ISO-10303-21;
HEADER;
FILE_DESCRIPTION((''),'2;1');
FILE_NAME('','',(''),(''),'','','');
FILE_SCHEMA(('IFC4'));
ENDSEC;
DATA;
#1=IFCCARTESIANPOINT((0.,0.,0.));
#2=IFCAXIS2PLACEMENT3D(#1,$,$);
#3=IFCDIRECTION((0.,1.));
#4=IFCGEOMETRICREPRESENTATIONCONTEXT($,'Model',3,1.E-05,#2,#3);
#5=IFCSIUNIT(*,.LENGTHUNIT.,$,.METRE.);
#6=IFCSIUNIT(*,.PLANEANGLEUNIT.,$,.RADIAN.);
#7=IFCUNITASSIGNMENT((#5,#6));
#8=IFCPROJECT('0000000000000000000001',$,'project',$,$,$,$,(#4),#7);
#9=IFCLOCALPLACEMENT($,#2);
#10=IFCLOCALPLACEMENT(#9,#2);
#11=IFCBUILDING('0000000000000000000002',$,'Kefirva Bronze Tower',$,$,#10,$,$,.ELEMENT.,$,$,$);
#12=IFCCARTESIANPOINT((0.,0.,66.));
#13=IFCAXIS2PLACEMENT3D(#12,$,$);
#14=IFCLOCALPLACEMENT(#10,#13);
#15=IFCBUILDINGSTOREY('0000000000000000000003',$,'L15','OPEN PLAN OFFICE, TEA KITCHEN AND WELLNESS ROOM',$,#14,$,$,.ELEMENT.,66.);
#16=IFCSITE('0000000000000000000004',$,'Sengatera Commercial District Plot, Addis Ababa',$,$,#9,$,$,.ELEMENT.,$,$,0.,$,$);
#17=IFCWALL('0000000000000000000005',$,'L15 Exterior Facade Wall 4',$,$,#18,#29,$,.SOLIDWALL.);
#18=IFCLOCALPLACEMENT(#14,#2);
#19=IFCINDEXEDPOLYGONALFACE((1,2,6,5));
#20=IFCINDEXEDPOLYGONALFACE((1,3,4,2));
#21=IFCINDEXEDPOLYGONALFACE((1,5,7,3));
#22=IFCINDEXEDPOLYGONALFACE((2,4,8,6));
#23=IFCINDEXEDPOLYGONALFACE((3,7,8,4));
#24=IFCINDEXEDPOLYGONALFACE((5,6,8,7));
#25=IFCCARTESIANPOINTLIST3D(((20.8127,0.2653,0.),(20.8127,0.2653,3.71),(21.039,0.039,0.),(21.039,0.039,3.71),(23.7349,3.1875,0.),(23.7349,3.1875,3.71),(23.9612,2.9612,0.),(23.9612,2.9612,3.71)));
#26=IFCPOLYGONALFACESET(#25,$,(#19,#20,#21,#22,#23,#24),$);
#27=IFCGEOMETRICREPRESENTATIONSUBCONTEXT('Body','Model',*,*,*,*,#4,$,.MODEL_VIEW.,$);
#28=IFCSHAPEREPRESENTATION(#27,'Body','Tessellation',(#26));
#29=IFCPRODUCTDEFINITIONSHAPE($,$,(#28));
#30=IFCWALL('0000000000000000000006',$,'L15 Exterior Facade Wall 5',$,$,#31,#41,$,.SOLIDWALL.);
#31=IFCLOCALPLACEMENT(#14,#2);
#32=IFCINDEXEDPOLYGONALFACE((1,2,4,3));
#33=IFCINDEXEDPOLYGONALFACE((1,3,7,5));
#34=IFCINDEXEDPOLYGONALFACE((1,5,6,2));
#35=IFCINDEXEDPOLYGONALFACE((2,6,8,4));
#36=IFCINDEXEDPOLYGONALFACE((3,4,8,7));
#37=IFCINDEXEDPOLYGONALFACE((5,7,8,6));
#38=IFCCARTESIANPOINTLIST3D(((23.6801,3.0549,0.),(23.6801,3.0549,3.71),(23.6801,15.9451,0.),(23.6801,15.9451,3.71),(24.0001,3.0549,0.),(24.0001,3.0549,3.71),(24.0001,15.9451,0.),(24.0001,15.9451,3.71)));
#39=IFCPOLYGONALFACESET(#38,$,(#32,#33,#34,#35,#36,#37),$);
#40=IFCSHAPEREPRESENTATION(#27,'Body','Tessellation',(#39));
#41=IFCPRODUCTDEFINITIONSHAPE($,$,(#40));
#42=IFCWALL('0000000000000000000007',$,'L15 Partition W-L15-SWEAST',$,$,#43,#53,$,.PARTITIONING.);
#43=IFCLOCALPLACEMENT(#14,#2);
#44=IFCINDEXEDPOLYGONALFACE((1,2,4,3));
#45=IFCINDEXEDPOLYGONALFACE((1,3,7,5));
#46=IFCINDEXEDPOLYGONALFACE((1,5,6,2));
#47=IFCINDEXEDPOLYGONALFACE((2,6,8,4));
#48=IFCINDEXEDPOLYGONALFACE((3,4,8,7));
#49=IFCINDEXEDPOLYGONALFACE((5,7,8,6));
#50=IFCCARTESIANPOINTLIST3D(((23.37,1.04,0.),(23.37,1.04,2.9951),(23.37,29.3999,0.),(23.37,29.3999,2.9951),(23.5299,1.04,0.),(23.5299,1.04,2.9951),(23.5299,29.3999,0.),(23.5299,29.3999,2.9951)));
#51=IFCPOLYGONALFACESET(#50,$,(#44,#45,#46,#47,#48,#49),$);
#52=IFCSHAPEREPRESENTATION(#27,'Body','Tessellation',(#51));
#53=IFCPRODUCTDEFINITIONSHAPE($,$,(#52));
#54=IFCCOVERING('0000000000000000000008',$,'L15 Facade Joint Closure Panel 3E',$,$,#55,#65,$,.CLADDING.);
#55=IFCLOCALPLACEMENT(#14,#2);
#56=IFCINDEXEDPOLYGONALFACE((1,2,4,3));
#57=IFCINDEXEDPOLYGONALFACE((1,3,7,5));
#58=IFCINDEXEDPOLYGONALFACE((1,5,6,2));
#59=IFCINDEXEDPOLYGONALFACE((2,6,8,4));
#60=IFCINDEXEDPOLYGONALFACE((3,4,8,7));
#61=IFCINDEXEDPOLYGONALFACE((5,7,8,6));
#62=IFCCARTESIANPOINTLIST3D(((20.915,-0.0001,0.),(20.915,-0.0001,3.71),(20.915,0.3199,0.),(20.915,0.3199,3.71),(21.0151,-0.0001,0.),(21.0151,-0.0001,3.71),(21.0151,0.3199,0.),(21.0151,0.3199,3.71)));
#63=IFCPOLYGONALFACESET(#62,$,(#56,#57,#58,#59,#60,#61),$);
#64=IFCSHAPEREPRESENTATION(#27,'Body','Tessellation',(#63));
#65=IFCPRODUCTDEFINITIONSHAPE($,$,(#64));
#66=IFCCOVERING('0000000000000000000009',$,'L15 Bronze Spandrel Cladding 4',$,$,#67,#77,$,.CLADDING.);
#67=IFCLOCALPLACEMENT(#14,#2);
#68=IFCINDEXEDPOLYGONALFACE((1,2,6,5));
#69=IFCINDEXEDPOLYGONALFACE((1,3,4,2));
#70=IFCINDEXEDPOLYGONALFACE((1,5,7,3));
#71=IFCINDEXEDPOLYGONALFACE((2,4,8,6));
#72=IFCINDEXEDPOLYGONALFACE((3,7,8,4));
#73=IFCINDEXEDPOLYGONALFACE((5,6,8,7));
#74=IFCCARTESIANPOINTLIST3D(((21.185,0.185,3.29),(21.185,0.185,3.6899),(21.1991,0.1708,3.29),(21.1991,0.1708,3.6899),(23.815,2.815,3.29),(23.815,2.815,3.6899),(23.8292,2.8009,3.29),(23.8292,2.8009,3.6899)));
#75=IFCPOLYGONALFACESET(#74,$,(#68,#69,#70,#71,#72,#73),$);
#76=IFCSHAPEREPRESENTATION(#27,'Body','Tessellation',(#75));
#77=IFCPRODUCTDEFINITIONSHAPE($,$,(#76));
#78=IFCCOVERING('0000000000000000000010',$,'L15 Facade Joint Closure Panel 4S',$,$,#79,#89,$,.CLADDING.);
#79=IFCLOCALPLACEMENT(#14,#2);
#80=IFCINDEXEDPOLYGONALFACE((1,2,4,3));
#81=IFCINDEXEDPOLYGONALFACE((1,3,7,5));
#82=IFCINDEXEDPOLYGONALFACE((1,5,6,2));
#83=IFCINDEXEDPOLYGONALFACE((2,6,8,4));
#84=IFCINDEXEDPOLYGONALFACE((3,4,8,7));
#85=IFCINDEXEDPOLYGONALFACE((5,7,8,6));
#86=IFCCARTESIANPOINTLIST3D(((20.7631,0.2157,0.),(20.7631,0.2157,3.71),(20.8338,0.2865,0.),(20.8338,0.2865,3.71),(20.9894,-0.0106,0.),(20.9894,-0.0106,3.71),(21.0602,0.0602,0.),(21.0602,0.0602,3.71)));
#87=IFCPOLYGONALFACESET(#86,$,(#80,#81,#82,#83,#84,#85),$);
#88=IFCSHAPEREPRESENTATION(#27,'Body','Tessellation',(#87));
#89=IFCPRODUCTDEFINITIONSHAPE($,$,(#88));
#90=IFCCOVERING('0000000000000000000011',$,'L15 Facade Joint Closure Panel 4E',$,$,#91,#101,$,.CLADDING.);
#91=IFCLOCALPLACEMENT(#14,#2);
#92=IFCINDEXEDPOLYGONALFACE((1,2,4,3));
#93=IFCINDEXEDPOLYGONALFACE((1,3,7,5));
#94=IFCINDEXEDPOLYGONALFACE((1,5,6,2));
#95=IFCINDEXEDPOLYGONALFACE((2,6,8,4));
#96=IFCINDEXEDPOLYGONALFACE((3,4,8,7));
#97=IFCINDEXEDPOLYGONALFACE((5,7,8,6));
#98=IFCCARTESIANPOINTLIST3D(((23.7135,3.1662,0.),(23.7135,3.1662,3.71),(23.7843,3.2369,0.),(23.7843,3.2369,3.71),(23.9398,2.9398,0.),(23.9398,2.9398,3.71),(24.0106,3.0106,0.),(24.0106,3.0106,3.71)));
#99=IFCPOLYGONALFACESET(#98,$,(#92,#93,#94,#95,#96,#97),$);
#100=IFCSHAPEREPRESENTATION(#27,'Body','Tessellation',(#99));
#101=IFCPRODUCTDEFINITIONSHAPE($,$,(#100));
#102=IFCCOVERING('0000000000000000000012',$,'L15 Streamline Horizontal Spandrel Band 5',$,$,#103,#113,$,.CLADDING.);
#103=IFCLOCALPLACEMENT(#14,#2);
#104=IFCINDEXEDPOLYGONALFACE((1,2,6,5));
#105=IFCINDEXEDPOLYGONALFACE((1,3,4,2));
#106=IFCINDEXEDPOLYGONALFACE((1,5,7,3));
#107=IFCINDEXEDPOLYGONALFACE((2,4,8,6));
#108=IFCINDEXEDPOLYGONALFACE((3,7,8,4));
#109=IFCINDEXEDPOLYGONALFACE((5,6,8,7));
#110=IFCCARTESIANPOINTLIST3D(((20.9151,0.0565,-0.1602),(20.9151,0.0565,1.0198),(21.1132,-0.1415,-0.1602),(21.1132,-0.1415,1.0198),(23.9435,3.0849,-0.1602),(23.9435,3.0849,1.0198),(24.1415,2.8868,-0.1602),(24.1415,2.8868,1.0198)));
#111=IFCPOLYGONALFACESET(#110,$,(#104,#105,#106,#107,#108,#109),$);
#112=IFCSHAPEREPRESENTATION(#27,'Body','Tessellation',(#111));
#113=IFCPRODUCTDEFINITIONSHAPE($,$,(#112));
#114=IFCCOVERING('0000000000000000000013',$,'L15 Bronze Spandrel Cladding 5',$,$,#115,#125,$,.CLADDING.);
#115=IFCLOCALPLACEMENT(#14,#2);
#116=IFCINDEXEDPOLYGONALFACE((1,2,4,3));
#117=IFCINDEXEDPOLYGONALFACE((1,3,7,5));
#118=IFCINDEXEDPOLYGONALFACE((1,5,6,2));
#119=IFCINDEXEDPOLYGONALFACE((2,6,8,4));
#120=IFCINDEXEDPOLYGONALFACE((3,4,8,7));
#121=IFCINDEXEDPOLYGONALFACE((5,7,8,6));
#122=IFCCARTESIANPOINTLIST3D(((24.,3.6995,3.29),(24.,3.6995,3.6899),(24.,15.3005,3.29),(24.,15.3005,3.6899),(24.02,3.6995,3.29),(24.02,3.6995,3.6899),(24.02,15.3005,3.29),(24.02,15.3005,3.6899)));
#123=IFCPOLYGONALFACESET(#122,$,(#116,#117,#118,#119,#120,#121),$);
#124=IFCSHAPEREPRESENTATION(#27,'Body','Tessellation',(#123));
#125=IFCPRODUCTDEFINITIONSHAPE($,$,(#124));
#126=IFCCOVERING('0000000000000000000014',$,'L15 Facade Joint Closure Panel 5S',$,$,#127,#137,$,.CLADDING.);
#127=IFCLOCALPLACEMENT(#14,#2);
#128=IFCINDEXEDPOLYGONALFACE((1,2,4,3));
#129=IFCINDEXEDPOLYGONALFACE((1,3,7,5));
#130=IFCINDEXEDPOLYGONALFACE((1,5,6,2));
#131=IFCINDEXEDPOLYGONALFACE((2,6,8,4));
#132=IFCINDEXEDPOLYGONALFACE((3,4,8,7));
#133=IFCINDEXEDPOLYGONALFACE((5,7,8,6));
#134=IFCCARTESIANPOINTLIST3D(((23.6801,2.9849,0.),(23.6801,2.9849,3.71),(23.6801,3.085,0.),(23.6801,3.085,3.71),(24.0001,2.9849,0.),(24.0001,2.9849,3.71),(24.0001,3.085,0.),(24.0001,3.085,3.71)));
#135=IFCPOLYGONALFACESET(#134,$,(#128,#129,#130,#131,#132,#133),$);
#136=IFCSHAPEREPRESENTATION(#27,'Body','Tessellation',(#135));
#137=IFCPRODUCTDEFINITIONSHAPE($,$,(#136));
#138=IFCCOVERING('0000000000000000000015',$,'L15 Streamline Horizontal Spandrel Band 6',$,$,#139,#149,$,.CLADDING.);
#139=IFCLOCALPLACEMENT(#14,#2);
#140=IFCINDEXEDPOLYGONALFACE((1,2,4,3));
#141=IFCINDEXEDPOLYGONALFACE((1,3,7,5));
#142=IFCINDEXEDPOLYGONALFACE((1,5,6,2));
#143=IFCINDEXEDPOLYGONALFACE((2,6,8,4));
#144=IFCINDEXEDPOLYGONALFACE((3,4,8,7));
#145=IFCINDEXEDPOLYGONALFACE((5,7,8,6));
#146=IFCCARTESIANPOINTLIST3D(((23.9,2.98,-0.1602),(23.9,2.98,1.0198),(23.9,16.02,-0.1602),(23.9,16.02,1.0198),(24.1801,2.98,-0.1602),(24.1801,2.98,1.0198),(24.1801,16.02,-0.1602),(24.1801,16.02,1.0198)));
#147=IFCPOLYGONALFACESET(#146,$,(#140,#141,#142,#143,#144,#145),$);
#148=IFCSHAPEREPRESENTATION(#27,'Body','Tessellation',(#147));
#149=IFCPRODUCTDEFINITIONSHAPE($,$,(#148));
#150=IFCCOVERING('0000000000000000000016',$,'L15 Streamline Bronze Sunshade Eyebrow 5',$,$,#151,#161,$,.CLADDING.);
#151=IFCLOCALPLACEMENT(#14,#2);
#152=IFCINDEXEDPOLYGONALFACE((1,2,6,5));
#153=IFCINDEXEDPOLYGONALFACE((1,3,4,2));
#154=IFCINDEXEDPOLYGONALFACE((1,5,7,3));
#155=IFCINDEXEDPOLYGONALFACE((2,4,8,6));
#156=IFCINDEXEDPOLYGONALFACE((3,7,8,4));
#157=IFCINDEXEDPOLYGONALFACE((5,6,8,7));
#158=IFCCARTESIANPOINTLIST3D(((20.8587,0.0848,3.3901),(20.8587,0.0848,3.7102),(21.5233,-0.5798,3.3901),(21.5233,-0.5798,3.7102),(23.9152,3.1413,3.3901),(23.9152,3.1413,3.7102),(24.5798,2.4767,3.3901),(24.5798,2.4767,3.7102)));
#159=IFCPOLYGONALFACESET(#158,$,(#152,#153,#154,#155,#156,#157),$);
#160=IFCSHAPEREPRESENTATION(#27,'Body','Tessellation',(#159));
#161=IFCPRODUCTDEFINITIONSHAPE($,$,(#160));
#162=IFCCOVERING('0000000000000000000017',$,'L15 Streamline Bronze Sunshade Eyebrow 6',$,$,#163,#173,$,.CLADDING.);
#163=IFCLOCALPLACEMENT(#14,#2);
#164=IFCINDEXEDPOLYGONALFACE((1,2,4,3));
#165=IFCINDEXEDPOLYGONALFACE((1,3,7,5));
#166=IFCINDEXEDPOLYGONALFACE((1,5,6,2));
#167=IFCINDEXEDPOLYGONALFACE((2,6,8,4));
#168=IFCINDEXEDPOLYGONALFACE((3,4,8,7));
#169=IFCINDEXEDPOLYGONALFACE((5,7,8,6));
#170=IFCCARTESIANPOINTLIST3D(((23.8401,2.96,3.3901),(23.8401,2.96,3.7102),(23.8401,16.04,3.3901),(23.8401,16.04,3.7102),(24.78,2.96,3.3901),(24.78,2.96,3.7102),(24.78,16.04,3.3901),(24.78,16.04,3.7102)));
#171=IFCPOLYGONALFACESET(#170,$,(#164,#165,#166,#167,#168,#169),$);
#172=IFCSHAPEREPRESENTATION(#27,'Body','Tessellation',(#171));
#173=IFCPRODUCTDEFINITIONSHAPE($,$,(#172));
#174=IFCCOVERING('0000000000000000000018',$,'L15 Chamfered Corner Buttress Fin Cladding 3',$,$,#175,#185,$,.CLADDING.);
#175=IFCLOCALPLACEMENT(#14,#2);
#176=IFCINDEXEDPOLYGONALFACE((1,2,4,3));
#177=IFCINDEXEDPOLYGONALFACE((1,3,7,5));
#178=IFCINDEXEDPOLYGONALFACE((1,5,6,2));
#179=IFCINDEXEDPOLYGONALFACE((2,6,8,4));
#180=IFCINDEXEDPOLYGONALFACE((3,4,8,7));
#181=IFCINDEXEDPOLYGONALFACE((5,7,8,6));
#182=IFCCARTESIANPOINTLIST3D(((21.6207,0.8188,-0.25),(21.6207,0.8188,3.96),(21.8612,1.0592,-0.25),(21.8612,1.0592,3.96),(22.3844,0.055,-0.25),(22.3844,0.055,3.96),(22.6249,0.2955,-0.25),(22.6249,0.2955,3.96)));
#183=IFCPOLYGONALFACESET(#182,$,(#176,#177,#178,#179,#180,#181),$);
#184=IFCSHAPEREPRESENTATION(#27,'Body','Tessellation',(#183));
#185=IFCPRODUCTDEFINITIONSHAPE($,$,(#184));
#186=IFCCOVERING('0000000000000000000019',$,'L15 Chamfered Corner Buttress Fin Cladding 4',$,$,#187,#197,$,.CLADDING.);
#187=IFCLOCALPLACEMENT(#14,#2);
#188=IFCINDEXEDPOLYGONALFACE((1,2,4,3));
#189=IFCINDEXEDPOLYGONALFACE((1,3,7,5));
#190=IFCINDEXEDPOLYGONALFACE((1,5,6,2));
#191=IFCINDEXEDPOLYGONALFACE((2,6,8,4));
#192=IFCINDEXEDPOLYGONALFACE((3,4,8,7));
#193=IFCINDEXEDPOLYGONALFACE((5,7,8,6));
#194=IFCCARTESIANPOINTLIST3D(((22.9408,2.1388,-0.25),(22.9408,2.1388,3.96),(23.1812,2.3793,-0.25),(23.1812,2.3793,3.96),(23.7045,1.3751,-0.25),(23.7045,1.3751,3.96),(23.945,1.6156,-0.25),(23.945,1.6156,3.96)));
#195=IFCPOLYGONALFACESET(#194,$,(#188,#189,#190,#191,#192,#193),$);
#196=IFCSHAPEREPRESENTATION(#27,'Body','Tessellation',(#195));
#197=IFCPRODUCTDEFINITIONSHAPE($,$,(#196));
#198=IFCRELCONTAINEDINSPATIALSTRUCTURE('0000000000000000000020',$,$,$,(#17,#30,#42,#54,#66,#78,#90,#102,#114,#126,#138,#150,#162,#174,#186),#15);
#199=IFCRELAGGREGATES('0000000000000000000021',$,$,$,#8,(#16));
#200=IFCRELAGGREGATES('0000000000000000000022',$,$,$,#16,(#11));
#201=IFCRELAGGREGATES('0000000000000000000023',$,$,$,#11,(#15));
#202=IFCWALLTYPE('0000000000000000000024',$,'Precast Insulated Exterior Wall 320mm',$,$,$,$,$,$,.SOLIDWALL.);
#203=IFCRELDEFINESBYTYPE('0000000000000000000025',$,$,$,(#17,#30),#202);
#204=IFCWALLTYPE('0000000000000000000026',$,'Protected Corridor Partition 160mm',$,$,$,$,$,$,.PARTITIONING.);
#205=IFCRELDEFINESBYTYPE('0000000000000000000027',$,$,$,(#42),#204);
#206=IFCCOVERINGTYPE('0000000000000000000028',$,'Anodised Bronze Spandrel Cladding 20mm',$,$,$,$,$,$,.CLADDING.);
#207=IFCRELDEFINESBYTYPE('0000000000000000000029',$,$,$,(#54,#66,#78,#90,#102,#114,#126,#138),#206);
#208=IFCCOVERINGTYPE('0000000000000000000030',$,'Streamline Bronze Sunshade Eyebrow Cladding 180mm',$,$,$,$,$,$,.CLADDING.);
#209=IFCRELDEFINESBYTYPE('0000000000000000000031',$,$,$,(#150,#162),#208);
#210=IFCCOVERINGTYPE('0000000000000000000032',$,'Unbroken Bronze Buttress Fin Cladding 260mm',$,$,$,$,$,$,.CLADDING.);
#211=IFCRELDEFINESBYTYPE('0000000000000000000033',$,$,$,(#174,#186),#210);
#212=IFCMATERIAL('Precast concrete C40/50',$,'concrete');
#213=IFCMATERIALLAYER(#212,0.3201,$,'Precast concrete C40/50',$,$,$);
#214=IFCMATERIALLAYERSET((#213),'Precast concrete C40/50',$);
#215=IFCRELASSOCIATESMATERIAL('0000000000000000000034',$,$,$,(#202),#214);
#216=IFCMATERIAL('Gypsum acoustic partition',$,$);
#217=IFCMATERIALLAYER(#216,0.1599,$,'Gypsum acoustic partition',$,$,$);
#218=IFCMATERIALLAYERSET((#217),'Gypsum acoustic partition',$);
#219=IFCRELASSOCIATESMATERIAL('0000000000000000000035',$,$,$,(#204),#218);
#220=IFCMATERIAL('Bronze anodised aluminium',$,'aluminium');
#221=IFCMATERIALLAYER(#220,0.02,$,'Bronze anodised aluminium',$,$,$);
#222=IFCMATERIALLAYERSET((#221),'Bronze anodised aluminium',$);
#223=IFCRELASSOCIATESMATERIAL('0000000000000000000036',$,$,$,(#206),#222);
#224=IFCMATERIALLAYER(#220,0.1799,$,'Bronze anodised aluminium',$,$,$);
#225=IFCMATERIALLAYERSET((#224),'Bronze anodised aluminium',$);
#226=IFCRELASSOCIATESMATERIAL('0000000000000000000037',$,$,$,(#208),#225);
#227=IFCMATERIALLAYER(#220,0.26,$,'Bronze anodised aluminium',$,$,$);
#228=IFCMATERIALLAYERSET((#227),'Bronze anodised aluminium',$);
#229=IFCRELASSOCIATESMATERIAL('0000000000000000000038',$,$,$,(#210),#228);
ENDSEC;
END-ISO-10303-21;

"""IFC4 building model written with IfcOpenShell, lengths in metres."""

from ifc_helpers import new_model, si_unit, direction, frame, frame_2d, origin, origin_2d, place, context, subcontext, project, spatial, rectangle, extrude, material, layer, layer_set, type_object, element, save


model = new_model("IFC4")

# Units and contexts
model_context = context("Model", 3, precision=1e-05, world=origin(), true_north=direction((0.0, 1.0)))
body_context = subcontext(model_context, "Body", "Model", "MODEL_VIEW")
ifc_project = project(units=[si_unit("LENGTHUNIT", "METRE"), si_unit("PLANEANGLEUNIT", "RADIAN")], contexts=[model_context])

# Site, building, storey
site_placement = place(None, origin())
site = spatial("IfcSite", under=ifc_project, at=site_placement, Name="Sengatera Commercial District Plot, Addis Ababa", CompositionType="ELEMENT", RefElevation=0.0)
building_placement = place(site_placement, origin())
building = spatial("IfcBuilding", under=site, at=building_placement, Name="Kefirva Bronze Tower", CompositionType="ELEMENT")
storey_placement = place(building_placement, frame((0.0, 0.0, 66.0)))
storey = spatial("IfcBuildingStorey", under=building, at=storey_placement, Name="L15", Description="OPEN PLAN OFFICE, TEA KITCHEN AND WELLNESS ROOM", CompositionType="ELEMENT", Elevation=66.0)

# Walls
ifc_material_1 = material(Name="Precast concrete C40/50", Category="concrete")
ifc_layer_1 = layer(ifc_material_1, 0.3201, Name="Precast concrete C40/50")
ifc_layer_set_1 = layer_set([ifc_layer_1], Name="Precast concrete C40/50")
wall_type_1 = type_object("IfcWallType", Name="Precast Insulated Exterior Wall 320mm", PredefinedType="SOLIDWALL", material=ifc_layer_set_1)
wall_1_placement = place(storey_placement, frame((20.9258, 0.1521, 0.0), z_axis=(0.0, 0.0, 1.0), x_axis=(0.707107, 0.707107, 0.0)))
element("IfcWall", 1, at=wall_1_placement, inside=storey, type_object=wall_type_1, Name="L15 Exterior Facade Wall 4", PredefinedType="SOLIDWALL", context=body_context, shape_type="SweptSolid", body=[
    extrude(rectangle(XDim=4.1326, YDim=0.3201, at=frame_2d((2.0664, 0.0))), origin(), (0.0, 0.0, 1.0), 3.71),
])
wall_2_placement = place(storey_placement, frame((23.8401, 3.0549, 0.0), z_axis=(0.0, 0.0, 1.0), x_axis=(0.0, 1.0, 0.0)))
element("IfcWall", 2, at=wall_2_placement, inside=storey, type_object=wall_type_1, Name="L15 Exterior Facade Wall 5", PredefinedType="SOLIDWALL", context=body_context, shape_type="SweptSolid", body=[
    extrude(rectangle(XDim=12.8901, YDim=0.3201, at=frame_2d((6.4451, 0.0))), origin(), (0.0, 0.0, 1.0), 3.71),
])
ifc_material_2 = material(Name="Gypsum acoustic partition")
ifc_layer_2 = layer(ifc_material_2, 0.1599, Name="Gypsum acoustic partition")
ifc_layer_set_2 = layer_set([ifc_layer_2], Name="Gypsum acoustic partition")
wall_type_2 = type_object("IfcWallType", Name="Protected Corridor Partition 160mm", PredefinedType="PARTITIONING", material=ifc_layer_set_2)
wall_3_placement = place(storey_placement, frame((23.45, 1.04, 0.0), z_axis=(0.0, 0.0, 1.0), x_axis=(0.0, 1.0, 0.0)))
element("IfcWall", 3, at=wall_3_placement, inside=storey, type_object=wall_type_2, Name="L15 Partition W-L15-SWEAST", PredefinedType="PARTITIONING", context=body_context, shape_type="SweptSolid", body=[
    extrude(rectangle(XDim=28.3599, YDim=0.1599, at=frame_2d((14.1799, 0.0))), origin(), (0.0, 0.0, 1.0), 2.9951),
])

# Coverings
ifc_material_3 = material(Name="Bronze anodised aluminium", Category="aluminium")
ifc_layer_3 = layer(ifc_material_3, 0.02, Name="Bronze anodised aluminium")
ifc_layer_set_3 = layer_set([ifc_layer_3], Name="Bronze anodised aluminium")
covering_type_1 = type_object("IfcCoveringType", Name="Anodised Bronze Spandrel Cladding 20mm", PredefinedType="CLADDING", material=ifc_layer_set_3)
covering_1_placement = place(storey_placement, frame((20.9651, 0.1599, 0.0), z_axis=(0.0, 0.0, 1.0), x_axis=(1.0, 0.0, 0.0)))
element("IfcCovering", 4, at=covering_1_placement, inside=storey, type_object=covering_type_1, Name="L15 Facade Joint Closure Panel 3E", PredefinedType="CLADDING", context=body_context, shape_type="SweptSolid", body=[
    extrude(rectangle(XDim=0.1001, YDim=0.3201, at=origin_2d()), origin(), (0.0, 0.0, 1.0), 3.71),
])
covering_2_placement = place(storey_placement, frame((22.5071, 1.4929, 3.29), z_axis=(0.0, 0.0, 1.0), x_axis=(0.707107, 0.707107, 0.0)))
element("IfcCovering", 5, at=covering_2_placement, inside=storey, type_object=covering_type_1, Name="L15 Bronze Spandrel Cladding 4", PredefinedType="CLADDING", context=body_context, shape_type="SweptSolid", body=[
    extrude(rectangle(XDim=3.7195, YDim=0.02, at=origin_2d()), origin(), (0.0, 0.0, 1.0), 0.3999),
])
for number, where, z_axis, x_axis, name in (
    (6, (20.9116, 0.1379, 0.0), (0.0, 0.0, 1.0), (0.707107, 0.707107, 0.0), "L15 Facade Joint Closure Panel 4S"),
    (7, (23.8621, 3.0884, 0.0), (0.0, 0.0, 1.0), (0.707107, 0.707107, 0.0), "L15 Facade Joint Closure Panel 4E"),
):
    element("IfcCovering", number, at=place(storey_placement, frame(where, z_axis=z_axis, x_axis=x_axis)), inside=storey, type_object=covering_type_1, Name=name, PredefinedType="CLADDING", context=body_context, shape_type="SweptSolid", body=[
        extrude(rectangle(XDim=0.1001, YDim=0.3201, at=origin_2d()), origin(), (0.0, 0.0, 1.0), 3.71),
    ])
covering_3_placement = place(storey_placement, frame((22.5283, 1.4717, -0.1602), z_axis=(0.0, 0.0, 1.0), x_axis=(0.707107, 0.707107, 0.0)))
element("IfcCovering", 8, at=covering_3_placement, inside=storey, type_object=covering_type_1, Name="L15 Streamline Horizontal Spandrel Band 5", PredefinedType="CLADDING", context=body_context, shape_type="SweptSolid", body=[
    extrude(rectangle(XDim=4.2827, YDim=0.28, at=origin_2d()), origin(), (0.0, 0.0, 1.0), 1.1799),
])
covering_4_placement = place(storey_placement, frame((24.01, 9.5, 3.29), z_axis=(0.0, 0.0, 1.0), x_axis=(0.0, 1.0, 0.0)))
element("IfcCovering", 9, at=covering_4_placement, inside=storey, type_object=covering_type_1, Name="L15 Bronze Spandrel Cladding 5", PredefinedType="CLADDING", context=body_context, shape_type="SweptSolid", body=[
    extrude(rectangle(XDim=11.6011, YDim=0.02, at=origin_2d()), origin(), (0.0, 0.0, 1.0), 0.3999),
])
covering_5_placement = place(storey_placement, frame((23.8401, 3.0349, 0.0), z_axis=(0.0, 0.0, 1.0), x_axis=(0.0, 1.0, 0.0)))
element("IfcCovering", 10, at=covering_5_placement, inside=storey, type_object=covering_type_1, Name="L15 Facade Joint Closure Panel 5S", PredefinedType="CLADDING", context=body_context, shape_type="SweptSolid", body=[
    extrude(rectangle(XDim=0.1001, YDim=0.3201, at=origin_2d()), origin(), (0.0, 0.0, 1.0), 3.71),
])
covering_6_placement = place(storey_placement, frame((24.04, 9.5, -0.1602), z_axis=(0.0, 0.0, 1.0), x_axis=(0.0, 1.0, 0.0)))
element("IfcCovering", 11, at=covering_6_placement, inside=storey, type_object=covering_type_1, Name="L15 Streamline Horizontal Spandrel Band 6", PredefinedType="CLADDING", context=body_context, shape_type="SweptSolid", body=[
    extrude(rectangle(XDim=13.04, YDim=0.28, at=origin_2d()), origin(), (0.0, 0.0, 1.0), 1.1799),
])
ifc_layer_4 = layer(ifc_material_3, 0.1799, Name="Bronze anodised aluminium")
ifc_layer_set_4 = layer_set([ifc_layer_4], Name="Bronze anodised aluminium")
covering_type_2 = type_object("IfcCoveringType", Name="Streamline Bronze Sunshade Eyebrow Cladding 180mm", PredefinedType="CLADDING", material=ifc_layer_set_4)
covering_7_placement = place(storey_placement, frame((22.7192, 1.2808, 3.3901), z_axis=(0.0, 0.0, 1.0), x_axis=(0.707107, 0.707107, 0.0)))
element("IfcCovering", 12, at=covering_7_placement, inside=storey, type_object=covering_type_2, Name="L15 Streamline Bronze Sunshade Eyebrow 5", PredefinedType="CLADDING", context=body_context, shape_type="SweptSolid", body=[
    extrude(rectangle(XDim=4.3225, YDim=0.9399, at=origin_2d()), origin(), (0.0, 0.0, 1.0), 0.3201),
])
covering_8_placement = place(storey_placement, frame((24.3101, 9.5, 3.3901), z_axis=(0.0, 0.0, 1.0), x_axis=(0.0, 1.0, 0.0)))
element("IfcCovering", 13, at=covering_8_placement, inside=storey, type_object=covering_type_2, Name="L15 Streamline Bronze Sunshade Eyebrow 6", PredefinedType="CLADDING", context=body_context, shape_type="SweptSolid", body=[
    extrude(rectangle(XDim=13.0801, YDim=0.9399, at=origin_2d()), origin(), (0.0, 0.0, 1.0), 0.3201),
])
ifc_layer_5 = layer(ifc_material_3, 0.26, Name="Bronze anodised aluminium")
ifc_layer_set_5 = layer_set([ifc_layer_5], Name="Bronze anodised aluminium")
covering_type_3 = type_object("IfcCoveringType", Name="Unbroken Bronze Buttress Fin Cladding 260mm", PredefinedType="CLADDING", material=ifc_layer_set_5)
for number, where, z_axis, x_axis, name in (
    (14, (22.1228, 0.5571, -0.25), (0.0, 0.0, 1.0), (0.707107, 0.707107, 0.0), "L15 Chamfered Corner Buttress Fin Cladding 3"),
    (15, (23.4429, 1.8772, -0.25), (0.0, 0.0, 1.0), (0.707107, 0.707107, 0.0), "L15 Chamfered Corner Buttress Fin Cladding 4"),
):
    element("IfcCovering", number, at=place(storey_placement, frame(where, z_axis=z_axis, x_axis=x_axis)), inside=storey, type_object=covering_type_3, Name=name, PredefinedType="CLADDING", context=body_context, shape_type="SweptSolid", body=[
        extrude(rectangle(XDim=0.3401, YDim=1.0801, at=origin_2d()), origin(), (0.0, 0.0, 1.0), 4.21),
    ])

save(model, "model.ifc")
